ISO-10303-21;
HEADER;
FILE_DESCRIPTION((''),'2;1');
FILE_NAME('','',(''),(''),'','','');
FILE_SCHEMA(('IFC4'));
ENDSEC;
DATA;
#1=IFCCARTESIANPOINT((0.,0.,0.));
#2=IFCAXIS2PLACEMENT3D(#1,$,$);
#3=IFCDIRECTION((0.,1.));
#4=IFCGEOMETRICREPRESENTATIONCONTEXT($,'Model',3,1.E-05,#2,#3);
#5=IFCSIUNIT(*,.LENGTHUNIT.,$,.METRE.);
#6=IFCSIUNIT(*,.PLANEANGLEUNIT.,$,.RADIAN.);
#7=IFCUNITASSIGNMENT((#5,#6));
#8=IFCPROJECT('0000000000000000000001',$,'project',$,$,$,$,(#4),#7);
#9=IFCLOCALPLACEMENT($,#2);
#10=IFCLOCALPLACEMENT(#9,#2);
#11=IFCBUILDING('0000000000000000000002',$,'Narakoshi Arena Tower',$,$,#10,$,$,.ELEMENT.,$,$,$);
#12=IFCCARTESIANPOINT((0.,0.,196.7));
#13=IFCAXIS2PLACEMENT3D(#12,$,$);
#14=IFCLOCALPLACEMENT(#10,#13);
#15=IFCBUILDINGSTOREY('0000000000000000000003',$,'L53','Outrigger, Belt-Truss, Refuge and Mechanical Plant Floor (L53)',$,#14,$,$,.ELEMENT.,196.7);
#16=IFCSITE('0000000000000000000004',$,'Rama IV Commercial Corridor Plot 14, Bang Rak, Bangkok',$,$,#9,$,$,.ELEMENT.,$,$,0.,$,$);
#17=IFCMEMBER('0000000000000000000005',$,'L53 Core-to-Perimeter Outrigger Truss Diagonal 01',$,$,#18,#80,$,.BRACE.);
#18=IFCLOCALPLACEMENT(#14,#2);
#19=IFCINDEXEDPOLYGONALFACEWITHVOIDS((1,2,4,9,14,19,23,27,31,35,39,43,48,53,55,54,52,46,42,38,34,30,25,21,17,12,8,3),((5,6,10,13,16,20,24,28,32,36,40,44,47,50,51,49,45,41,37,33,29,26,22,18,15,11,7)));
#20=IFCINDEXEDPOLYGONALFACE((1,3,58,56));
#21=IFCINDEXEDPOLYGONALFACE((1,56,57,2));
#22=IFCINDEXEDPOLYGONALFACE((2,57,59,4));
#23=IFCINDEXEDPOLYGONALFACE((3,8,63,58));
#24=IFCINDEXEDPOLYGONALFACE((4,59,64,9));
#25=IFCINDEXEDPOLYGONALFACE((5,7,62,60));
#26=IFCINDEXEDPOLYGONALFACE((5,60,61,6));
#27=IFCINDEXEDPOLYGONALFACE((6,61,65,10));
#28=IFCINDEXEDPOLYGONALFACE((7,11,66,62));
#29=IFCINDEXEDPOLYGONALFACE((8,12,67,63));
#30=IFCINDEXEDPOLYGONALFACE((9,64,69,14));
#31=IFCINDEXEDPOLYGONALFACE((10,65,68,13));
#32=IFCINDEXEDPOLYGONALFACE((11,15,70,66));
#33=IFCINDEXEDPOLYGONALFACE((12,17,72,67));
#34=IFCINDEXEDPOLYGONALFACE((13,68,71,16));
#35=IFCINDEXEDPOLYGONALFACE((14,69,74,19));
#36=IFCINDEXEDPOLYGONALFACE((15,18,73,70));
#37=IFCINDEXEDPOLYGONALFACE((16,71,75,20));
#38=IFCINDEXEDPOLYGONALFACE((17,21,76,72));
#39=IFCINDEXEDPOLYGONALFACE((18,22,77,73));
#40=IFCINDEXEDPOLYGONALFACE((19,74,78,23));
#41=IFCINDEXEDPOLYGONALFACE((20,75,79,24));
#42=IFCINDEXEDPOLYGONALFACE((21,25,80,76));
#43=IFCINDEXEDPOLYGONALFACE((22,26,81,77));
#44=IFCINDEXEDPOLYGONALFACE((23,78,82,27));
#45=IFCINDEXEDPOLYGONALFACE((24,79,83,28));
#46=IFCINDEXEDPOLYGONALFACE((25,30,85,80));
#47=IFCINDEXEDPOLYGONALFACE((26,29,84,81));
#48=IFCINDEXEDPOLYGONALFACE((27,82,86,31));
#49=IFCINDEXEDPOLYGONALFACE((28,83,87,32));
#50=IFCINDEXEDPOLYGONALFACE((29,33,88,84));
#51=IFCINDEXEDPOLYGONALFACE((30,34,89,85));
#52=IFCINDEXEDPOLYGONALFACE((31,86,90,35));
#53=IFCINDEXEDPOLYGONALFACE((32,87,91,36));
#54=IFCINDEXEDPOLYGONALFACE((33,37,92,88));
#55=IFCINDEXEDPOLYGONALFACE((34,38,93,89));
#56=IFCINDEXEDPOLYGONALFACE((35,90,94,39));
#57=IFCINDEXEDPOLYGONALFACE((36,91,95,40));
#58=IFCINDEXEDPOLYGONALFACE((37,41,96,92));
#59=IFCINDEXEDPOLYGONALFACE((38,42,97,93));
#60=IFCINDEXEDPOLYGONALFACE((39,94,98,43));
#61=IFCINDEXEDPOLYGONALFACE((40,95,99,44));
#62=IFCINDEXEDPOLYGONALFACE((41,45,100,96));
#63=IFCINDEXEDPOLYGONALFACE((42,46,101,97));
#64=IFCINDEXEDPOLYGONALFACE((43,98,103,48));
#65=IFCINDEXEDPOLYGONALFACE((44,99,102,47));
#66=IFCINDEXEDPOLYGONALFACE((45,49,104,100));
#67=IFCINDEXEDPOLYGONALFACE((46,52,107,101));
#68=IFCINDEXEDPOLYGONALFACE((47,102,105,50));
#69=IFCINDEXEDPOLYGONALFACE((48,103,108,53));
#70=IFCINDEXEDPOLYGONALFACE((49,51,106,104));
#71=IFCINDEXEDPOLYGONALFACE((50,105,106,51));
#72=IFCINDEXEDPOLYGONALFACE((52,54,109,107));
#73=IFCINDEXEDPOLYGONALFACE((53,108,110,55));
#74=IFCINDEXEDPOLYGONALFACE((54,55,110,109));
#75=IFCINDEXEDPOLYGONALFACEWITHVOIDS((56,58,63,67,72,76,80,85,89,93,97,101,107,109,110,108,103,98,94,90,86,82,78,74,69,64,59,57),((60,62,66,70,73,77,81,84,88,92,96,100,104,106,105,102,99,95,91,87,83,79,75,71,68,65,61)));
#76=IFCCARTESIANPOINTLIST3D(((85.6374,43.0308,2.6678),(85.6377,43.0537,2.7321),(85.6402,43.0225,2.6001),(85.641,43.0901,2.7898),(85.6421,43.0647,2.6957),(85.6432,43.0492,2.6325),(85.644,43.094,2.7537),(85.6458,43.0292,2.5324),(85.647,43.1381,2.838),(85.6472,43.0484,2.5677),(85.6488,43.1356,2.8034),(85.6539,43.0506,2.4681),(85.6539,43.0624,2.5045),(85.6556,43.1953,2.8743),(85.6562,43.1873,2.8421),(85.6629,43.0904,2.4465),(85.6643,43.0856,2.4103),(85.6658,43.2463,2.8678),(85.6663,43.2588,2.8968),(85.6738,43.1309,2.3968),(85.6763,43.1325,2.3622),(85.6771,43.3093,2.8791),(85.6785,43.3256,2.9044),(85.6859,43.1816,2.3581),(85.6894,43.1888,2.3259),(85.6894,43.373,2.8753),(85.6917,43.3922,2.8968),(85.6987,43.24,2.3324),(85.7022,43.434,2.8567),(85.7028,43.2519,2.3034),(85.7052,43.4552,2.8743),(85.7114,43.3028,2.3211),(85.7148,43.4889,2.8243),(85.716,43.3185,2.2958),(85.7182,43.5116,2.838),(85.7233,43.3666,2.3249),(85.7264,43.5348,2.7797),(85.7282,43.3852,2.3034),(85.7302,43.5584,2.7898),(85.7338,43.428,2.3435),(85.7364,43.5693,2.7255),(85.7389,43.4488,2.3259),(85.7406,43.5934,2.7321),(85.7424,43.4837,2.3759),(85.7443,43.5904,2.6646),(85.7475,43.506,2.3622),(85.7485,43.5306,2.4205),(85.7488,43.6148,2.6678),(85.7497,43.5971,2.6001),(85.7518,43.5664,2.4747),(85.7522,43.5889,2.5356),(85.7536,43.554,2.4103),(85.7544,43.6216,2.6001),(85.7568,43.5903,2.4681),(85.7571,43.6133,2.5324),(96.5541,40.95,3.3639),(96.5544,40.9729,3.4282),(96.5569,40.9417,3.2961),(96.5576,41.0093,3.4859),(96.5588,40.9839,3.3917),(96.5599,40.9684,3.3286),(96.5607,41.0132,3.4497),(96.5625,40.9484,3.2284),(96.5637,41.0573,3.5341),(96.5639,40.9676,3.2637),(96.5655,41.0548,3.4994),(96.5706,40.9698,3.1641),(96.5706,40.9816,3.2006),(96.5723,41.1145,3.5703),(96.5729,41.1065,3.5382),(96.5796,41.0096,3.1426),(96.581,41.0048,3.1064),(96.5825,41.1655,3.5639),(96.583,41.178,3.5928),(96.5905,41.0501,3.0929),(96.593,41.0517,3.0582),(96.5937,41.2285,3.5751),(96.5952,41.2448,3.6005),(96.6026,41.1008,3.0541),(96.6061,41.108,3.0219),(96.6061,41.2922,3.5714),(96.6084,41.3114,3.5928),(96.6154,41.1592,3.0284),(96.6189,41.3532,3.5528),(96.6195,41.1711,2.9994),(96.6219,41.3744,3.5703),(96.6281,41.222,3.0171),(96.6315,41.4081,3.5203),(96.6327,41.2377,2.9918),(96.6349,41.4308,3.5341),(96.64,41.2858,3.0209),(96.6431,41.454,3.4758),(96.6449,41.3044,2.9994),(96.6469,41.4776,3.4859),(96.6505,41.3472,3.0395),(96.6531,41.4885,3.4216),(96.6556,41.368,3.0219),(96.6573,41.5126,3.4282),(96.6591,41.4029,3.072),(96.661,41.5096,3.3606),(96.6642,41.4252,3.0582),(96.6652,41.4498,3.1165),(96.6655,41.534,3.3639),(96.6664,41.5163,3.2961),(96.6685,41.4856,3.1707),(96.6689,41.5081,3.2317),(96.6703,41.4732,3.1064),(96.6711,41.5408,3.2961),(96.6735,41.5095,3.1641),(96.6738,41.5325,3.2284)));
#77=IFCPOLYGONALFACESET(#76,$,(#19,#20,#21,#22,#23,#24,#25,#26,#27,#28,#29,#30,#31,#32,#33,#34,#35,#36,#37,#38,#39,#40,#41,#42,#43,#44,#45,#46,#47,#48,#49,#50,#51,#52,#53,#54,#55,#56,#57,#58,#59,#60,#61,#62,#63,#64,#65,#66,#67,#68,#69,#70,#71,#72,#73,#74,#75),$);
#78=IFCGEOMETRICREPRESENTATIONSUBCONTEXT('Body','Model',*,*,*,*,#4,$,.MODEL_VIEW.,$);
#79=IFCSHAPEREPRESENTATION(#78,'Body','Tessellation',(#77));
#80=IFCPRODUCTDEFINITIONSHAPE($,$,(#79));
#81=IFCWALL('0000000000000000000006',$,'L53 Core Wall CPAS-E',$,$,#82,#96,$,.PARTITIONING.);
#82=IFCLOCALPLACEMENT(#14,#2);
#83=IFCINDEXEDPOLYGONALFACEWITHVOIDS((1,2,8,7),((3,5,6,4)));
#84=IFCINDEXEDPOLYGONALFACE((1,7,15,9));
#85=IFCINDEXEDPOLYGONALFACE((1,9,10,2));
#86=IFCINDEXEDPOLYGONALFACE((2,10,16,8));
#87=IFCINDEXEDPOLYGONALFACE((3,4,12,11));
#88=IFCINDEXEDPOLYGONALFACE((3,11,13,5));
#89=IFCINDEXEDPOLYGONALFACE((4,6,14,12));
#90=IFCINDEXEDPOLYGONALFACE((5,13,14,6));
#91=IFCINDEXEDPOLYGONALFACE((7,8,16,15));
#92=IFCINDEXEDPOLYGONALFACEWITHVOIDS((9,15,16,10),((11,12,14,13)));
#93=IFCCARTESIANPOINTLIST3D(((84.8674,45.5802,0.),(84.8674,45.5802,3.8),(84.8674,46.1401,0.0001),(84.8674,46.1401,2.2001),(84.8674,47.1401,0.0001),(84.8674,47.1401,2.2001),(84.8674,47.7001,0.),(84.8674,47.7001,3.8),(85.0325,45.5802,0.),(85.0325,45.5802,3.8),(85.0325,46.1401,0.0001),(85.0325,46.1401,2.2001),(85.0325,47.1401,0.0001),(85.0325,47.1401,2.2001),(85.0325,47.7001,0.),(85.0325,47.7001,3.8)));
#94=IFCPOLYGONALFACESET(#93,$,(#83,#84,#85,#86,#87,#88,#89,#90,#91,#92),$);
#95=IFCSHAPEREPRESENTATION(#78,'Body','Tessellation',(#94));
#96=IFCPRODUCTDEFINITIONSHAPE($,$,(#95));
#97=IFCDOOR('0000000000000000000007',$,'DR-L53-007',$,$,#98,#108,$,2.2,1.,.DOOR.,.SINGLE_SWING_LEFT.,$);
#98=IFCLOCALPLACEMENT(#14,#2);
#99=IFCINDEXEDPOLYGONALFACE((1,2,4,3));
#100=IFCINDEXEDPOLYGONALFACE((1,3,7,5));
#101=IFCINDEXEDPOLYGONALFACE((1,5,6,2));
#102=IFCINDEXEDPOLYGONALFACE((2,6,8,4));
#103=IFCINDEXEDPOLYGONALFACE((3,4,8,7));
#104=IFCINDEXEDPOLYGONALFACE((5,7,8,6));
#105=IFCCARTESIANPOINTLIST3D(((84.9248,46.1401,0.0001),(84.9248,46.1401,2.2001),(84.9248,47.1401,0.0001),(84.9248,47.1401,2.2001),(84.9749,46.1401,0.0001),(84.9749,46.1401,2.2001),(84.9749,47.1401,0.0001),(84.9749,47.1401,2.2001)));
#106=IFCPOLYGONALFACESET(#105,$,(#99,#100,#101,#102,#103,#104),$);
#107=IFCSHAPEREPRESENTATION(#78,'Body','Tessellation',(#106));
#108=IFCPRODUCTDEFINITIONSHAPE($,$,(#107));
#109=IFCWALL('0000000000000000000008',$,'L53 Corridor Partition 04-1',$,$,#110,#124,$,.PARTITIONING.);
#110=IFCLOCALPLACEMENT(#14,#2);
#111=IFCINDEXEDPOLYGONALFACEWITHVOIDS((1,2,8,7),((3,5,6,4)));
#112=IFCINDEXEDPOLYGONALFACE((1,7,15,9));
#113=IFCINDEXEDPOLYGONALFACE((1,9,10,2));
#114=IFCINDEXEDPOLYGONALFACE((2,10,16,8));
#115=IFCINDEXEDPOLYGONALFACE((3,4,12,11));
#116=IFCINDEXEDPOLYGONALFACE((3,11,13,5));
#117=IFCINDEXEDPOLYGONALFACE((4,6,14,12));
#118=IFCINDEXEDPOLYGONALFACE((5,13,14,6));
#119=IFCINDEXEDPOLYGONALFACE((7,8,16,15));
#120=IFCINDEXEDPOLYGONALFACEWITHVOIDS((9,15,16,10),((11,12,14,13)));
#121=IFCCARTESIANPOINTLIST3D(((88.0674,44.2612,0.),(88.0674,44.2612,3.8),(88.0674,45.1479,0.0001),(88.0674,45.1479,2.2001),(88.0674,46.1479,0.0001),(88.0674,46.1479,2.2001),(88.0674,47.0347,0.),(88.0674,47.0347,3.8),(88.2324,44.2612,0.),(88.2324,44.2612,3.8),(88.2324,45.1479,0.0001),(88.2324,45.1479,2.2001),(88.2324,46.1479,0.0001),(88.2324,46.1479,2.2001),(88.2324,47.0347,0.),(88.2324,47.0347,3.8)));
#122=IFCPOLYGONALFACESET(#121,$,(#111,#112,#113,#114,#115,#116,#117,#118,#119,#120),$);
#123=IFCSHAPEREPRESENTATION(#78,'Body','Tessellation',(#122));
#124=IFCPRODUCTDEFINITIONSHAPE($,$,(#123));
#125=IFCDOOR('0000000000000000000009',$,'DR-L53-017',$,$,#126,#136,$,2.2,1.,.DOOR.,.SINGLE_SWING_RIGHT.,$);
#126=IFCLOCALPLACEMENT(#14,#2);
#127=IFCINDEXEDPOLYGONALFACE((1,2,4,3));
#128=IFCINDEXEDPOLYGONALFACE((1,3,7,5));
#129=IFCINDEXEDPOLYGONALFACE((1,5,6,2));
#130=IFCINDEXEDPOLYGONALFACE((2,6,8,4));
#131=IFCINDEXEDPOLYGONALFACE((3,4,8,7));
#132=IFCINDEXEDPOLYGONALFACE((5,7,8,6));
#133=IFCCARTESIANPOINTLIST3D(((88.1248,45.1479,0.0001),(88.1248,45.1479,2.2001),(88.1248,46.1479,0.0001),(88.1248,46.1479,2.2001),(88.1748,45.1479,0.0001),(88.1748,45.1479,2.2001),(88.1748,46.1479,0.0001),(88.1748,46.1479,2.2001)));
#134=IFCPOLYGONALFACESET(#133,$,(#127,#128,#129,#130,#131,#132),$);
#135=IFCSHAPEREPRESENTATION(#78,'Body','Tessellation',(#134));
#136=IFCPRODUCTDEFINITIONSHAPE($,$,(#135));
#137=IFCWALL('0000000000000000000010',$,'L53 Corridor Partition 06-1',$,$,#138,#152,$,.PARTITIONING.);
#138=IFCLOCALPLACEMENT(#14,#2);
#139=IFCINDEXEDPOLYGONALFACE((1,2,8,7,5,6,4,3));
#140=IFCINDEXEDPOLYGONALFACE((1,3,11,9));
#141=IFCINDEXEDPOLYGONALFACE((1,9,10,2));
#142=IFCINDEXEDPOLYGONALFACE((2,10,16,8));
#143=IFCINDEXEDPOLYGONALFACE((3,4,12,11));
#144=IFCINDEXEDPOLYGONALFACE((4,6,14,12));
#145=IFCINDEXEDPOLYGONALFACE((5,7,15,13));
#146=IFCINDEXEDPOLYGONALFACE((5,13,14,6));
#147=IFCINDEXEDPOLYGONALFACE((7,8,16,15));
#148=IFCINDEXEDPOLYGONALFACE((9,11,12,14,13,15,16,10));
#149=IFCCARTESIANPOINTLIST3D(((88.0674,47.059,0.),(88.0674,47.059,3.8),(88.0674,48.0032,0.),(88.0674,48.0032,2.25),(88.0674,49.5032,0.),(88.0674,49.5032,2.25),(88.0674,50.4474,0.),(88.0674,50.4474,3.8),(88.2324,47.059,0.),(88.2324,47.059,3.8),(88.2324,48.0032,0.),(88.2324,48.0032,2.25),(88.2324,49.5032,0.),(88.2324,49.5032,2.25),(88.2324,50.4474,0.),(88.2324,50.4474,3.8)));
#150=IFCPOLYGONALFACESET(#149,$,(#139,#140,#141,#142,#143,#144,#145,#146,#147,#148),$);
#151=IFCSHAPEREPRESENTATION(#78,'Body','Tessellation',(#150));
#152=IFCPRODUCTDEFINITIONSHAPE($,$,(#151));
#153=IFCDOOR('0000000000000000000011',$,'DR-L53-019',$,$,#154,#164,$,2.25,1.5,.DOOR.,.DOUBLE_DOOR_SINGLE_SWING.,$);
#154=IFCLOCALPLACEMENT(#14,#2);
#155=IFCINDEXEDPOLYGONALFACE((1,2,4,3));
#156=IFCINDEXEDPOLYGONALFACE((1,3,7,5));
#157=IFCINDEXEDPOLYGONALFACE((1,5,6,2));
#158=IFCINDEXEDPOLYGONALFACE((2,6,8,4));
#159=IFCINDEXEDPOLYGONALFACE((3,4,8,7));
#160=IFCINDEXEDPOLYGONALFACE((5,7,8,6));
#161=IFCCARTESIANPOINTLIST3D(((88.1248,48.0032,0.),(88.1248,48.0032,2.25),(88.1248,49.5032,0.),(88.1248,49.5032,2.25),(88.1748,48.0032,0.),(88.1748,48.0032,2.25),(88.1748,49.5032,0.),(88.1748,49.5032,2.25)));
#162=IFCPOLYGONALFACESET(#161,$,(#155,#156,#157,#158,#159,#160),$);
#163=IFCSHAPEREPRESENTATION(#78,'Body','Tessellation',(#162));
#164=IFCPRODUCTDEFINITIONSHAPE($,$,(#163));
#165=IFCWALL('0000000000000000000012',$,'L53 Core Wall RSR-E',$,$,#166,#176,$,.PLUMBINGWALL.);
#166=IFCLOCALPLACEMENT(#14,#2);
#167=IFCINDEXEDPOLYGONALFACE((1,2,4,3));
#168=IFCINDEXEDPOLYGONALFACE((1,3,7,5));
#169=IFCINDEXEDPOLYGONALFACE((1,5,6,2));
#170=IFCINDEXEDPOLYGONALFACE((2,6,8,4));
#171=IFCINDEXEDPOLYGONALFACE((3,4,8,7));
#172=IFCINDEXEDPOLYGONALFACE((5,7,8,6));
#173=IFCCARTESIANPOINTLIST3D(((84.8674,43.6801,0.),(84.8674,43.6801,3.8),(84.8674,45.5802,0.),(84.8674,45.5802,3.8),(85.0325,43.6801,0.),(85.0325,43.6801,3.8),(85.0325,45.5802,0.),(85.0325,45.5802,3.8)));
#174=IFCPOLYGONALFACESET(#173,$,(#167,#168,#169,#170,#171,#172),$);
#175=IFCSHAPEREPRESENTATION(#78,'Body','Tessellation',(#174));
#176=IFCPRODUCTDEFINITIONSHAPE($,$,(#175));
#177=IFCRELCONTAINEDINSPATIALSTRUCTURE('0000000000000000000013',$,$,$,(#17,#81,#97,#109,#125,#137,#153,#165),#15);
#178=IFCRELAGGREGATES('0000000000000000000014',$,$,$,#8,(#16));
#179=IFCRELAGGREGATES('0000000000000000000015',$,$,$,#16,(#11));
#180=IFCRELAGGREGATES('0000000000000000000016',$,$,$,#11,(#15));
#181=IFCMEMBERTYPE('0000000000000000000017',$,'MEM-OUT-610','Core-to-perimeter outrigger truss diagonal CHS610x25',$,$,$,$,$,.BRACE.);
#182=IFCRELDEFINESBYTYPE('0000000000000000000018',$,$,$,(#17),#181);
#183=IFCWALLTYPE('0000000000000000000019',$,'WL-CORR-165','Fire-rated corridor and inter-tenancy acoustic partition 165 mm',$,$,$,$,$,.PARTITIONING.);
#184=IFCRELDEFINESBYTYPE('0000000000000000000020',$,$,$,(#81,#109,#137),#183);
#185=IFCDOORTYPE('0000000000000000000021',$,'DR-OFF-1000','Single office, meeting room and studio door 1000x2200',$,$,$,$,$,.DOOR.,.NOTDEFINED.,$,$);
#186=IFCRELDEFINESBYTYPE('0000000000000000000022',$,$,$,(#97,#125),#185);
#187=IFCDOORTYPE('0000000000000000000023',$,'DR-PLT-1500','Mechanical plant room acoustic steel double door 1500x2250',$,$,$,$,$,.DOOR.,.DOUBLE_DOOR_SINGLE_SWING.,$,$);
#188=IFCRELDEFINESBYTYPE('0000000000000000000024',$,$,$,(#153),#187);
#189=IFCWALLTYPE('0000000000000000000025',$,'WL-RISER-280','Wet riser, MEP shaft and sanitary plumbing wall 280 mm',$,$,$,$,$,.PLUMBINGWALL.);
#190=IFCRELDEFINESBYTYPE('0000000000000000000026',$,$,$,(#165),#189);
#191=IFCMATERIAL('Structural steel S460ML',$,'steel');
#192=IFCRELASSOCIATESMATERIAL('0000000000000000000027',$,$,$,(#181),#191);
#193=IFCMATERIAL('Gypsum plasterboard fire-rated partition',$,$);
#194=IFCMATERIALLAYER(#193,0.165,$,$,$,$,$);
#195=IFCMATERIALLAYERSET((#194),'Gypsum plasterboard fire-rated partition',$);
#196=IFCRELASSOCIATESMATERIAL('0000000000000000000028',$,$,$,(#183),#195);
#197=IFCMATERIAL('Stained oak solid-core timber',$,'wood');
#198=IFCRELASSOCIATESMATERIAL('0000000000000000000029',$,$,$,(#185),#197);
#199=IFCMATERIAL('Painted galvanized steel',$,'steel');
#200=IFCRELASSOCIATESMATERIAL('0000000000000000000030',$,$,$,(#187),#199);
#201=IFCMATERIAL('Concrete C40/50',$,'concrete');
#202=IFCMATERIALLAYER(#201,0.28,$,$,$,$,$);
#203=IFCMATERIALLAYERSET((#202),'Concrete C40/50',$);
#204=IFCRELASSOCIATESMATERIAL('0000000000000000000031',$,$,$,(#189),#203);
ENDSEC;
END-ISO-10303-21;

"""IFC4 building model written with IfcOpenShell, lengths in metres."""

from ifc_helpers import new_model, si_unit, direction, frame, frame_2d, origin, origin_2d, place, context, subcontext, project, spatial, rectangle, hollow_circle, extrude, material, layer, layer_set, material_profile, profile_set, type_object, element, fill, save


model = new_model("IFC4")

# Units and contexts
model_context = context("Model", 3, precision=1e-05, world=origin(), true_north=direction((0.0, 1.0)))
body_context = subcontext(model_context, "Body", "Model", "MODEL_VIEW")
ifc_project = project(units=[si_unit("LENGTHUNIT", "METRE"), si_unit("PLANEANGLEUNIT", "RADIAN")], contexts=[model_context])

# Site, building, storey
site_placement = place(None, origin())
site = spatial("IfcSite", under=ifc_project, at=site_placement, Name="Rama IV Commercial Corridor Plot 14, Bang Rak, Bangkok", CompositionType="ELEMENT", RefElevation=0.0)
building_placement = place(site_placement, origin())
building = spatial("IfcBuilding", under=site, at=building_placement, Name="Narakoshi Arena Tower", CompositionType="ELEMENT")
storey_placement = place(building_placement, frame((0.0, 0.0, 196.7)))
storey = spatial("IfcBuildingStorey", under=building, at=storey_placement, Name="L53", Description="Outrigger, Belt-Truss, Refuge and Mechanical Plant Floor (L53)", CompositionType="ELEMENT", Elevation=196.7)

# Shared definitions
ifc_material_1 = material(Name="Structural steel S460ML", Category="steel")

# Member
ifc_material_profile_1 = material_profile(ifc_material_1, hollow_circle(Radius=0.3049, WallThickness=0.0249, at=origin_2d()), Name="CHS610x25")
ifc_profile_set_1 = profile_set([ifc_material_profile_1], Name="Structural steel S460ML")
member_type = type_object("IfcMemberType", Name="MEM-OUT-610", Description="Core-to-perimeter outrigger truss diagonal CHS610x25", PredefinedType="BRACE", material=ifc_profile_set_1)
member_placement = place(storey_placement, frame((85.6973, 43.322, 2.6001), z_axis=(0.980394, -0.18687, 0.062509), x_axis=(0.187236, 0.982315, 0.0)))
element("IfcMember", 1, at=member_placement, inside=storey, type_object=member_type, Name="L53 Core-to-Perimeter Outrigger Truss Diagonal 01", PredefinedType="BRACE", context=body_context, shape_type="SweptSolid", body=[
    extrude(hollow_circle(Radius=0.3049, WallThickness=0.0249, at=origin_2d()), origin(), (0.0, 0.0, 1.0), 11.135),
])

# Walls, openings, doors
ifc_material_2 = material(Name="Gypsum plasterboard fire-rated partition")
ifc_layer_1 = layer(ifc_material_2, 0.165)
ifc_layer_set_1 = layer_set([ifc_layer_1], Name="Gypsum plasterboard fire-rated partition")
wall_type_1 = type_object("IfcWallType", Name="WL-CORR-165", Description="Fire-rated corridor and inter-tenancy acoustic partition 165 mm", PredefinedType="PARTITIONING", material=ifc_layer_set_1)
wall_1_placement = place(storey_placement, frame((84.95, 45.5801, 0.0), z_axis=(0.0, 0.0, 1.0), x_axis=(0.0, 1.0, 0.0)))
wall_1 = element("IfcWall", 2, at=wall_1_placement, inside=storey, type_object=wall_type_1, Name="L53 Core Wall CPAS-E", PredefinedType="PARTITIONING", context=body_context, shape_type="SweptSolid", body=[
    extrude(rectangle(XDim=2.1199, YDim=0.165, at=frame_2d((1.0601, 0.0))), origin(), (0.0, 0.0, 1.0), 3.8),
])
opening_1_placement = place(wall_1_placement, frame((0.5601, 0.0, 0.0)))
opening_1 = element("IfcOpeningElement", 3, at=opening_1_placement, cuts=wall_1, PredefinedType="OPENING", context=body_context, shape_type="SweptSolid", body=[
    extrude(rectangle(XDim=1.0, YDim=2.2, at=frame_2d((0.5, 1.1001))), frame((0.0, 0.0925, 0.0), z_axis=(0.0, -1.0, 0.0), x_axis=(1.0, 0.0, 0.0)), (0.0, 0.0, 1.0), 0.1851),
])
ifc_material_3 = material(Name="Stained oak solid-core timber", Category="wood")
door_type_1 = type_object("IfcDoorType", Name="DR-OFF-1000", Description="Single office, meeting room and studio door 1000x2200", OperationType="NOTDEFINED", PredefinedType="DOOR", material=ifc_material_3)
door_1_placement = place(opening_1_placement, frame((1.0, 0.0, 0.0), z_axis=(0.0, 0.0, 1.0), x_axis=(-1.0, 0.0, 0.0)))
door_1 = element("IfcDoor", 4, at=door_1_placement, inside=storey, type_object=door_type_1, Name="DR-L53-007", OperationType="SINGLE_SWING_LEFT", OverallHeight=2.2, OverallWidth=1.0, PredefinedType="DOOR", context=body_context, shape_type="SweptSolid", body=[
    extrude(rectangle(XDim=1.0, YDim=2.2, at=frame_2d((0.5, 1.1001))), frame((0.0, 0.0249, 0.0), z_axis=(0.0, -1.0, 0.0), x_axis=(1.0, 0.0, 0.0)), (0.0, 0.0, 1.0), 0.05),
])
fill(opening_1, door_1)
wall_2_placement = place(storey_placement, frame((88.1499, 44.2612, 0.0), z_axis=(0.0, 0.0, 1.0), x_axis=(0.0, 1.0, 0.0)))
wall_2 = element("IfcWall", 5, at=wall_2_placement, inside=storey, type_object=wall_type_1, Name="L53 Corridor Partition 04-1", PredefinedType="PARTITIONING", context=body_context, shape_type="SweptSolid", body=[
    extrude(rectangle(XDim=2.7734, YDim=0.165, at=frame_2d((1.3867, 0.0))), origin(), (0.0, 0.0, 1.0), 3.8),
])
opening_2_placement = place(wall_2_placement, frame((0.8867, 0.0, 0.0)))
opening_2 = element("IfcOpeningElement", 6, at=opening_2_placement, cuts=wall_2, PredefinedType="OPENING", context=body_context, shape_type="SweptSolid", body=[
    extrude(rectangle(XDim=1.0, YDim=2.2, at=frame_2d((0.5, 1.1001))), frame((0.0, 0.0925, 0.0), z_axis=(0.0, -1.0, 0.0), x_axis=(1.0, 0.0, 0.0)), (0.0, 0.0, 1.0), 0.1851),
])
door_2_placement = place(opening_2_placement, frame((1.0, 0.0, 0.0), z_axis=(0.0, 0.0, 1.0), x_axis=(-1.0, 0.0, 0.0)))
door_2 = element("IfcDoor", 7, at=door_2_placement, inside=storey, type_object=door_type_1, Name="DR-L53-017", OperationType="SINGLE_SWING_RIGHT", OverallHeight=2.2, OverallWidth=1.0, PredefinedType="DOOR", context=body_context, shape_type="SweptSolid", body=[
    extrude(rectangle(XDim=1.0, YDim=2.2, at=frame_2d((0.5, 1.1001))), frame((0.0, 0.0249, 0.0), z_axis=(0.0, -1.0, 0.0), x_axis=(1.0, 0.0, 0.0)), (0.0, 0.0, 1.0), 0.05),
])
fill(opening_2, door_2)
wall_3_placement = place(storey_placement, frame((88.1499, 47.0588, 0.0), z_axis=(0.0, 0.0, 1.0), x_axis=(0.0, 1.0, 0.0)))
wall_3 = element("IfcWall", 8, at=wall_3_placement, inside=storey, type_object=wall_type_1, Name="L53 Corridor Partition 06-1", PredefinedType="PARTITIONING", context=body_context, shape_type="SweptSolid", body=[
    extrude(rectangle(XDim=3.3884, YDim=0.165, at=frame_2d((1.6943, 0.0))), origin(), (0.0, 0.0, 1.0), 3.8),
])
opening_3_placement = place(wall_3_placement, frame((0.9443, 0.0, 0.0)))
opening_3 = element("IfcOpeningElement", 9, at=opening_3_placement, cuts=wall_3, PredefinedType="OPENING", context=body_context, shape_type="SweptSolid", body=[
    extrude(rectangle(XDim=1.5, YDim=2.25, at=frame_2d((0.75, 1.125))), frame((0.0, 0.0925, 0.0), z_axis=(0.0, -1.0, 0.0), x_axis=(1.0, 0.0, 0.0)), (0.0, 0.0, 1.0), 0.1851),
])
ifc_material_4 = material(Name="Painted galvanized steel", Category="steel")
door_type_2 = type_object("IfcDoorType", Name="DR-PLT-1500", Description="Mechanical plant room acoustic steel double door 1500x2250", OperationType="DOUBLE_DOOR_SINGLE_SWING", PredefinedType="DOOR", material=ifc_material_4)
door_3_placement = place(opening_3_placement, frame((1.5, 0.0, 0.0), z_axis=(0.0, 0.0, 1.0), x_axis=(-1.0, 0.0, 0.0)))
door_3 = element("IfcDoor", 10, at=door_3_placement, inside=storey, type_object=door_type_2, Name="DR-L53-019", OperationType="DOUBLE_DOOR_SINGLE_SWING", OverallHeight=2.25, OverallWidth=1.5, PredefinedType="DOOR", context=body_context, shape_type="SweptSolid", body=[
    extrude(rectangle(XDim=1.5, YDim=2.25, at=frame_2d((0.75, 1.125))), frame((0.0, 0.0249, 0.0), z_axis=(0.0, -1.0, 0.0), x_axis=(1.0, 0.0, 0.0)), (0.0, 0.0, 1.0), 0.05),
])
fill(opening_3, door_3)

# Wall
ifc_material_5 = material(Name="Concrete C40/50", Category="concrete")
ifc_layer_2 = layer(ifc_material_5, 0.28)
ifc_layer_set_2 = layer_set([ifc_layer_2], Name="Concrete C40/50")
wall_type_2 = type_object("IfcWallType", Name="WL-RISER-280", Description="Wet riser, MEP shaft and sanitary plumbing wall 280 mm", PredefinedType="PLUMBINGWALL", material=ifc_layer_set_2)
wall_4_placement = place(storey_placement, frame((84.95, 43.6799, 0.0), z_axis=(0.0, 0.0, 1.0), x_axis=(0.0, 1.0, 0.0)))
element("IfcWall", 11, at=wall_4_placement, inside=storey, type_object=wall_type_2, Name="L53 Core Wall RSR-E", PredefinedType="PLUMBINGWALL", context=body_context, shape_type="SweptSolid", body=[
    extrude(rectangle(XDim=1.9001, YDim=0.165, at=frame_2d((0.9502, 0.0))), origin(), (0.0, 0.0, 1.0), 3.8),
])

save(model, "model.ifc")
